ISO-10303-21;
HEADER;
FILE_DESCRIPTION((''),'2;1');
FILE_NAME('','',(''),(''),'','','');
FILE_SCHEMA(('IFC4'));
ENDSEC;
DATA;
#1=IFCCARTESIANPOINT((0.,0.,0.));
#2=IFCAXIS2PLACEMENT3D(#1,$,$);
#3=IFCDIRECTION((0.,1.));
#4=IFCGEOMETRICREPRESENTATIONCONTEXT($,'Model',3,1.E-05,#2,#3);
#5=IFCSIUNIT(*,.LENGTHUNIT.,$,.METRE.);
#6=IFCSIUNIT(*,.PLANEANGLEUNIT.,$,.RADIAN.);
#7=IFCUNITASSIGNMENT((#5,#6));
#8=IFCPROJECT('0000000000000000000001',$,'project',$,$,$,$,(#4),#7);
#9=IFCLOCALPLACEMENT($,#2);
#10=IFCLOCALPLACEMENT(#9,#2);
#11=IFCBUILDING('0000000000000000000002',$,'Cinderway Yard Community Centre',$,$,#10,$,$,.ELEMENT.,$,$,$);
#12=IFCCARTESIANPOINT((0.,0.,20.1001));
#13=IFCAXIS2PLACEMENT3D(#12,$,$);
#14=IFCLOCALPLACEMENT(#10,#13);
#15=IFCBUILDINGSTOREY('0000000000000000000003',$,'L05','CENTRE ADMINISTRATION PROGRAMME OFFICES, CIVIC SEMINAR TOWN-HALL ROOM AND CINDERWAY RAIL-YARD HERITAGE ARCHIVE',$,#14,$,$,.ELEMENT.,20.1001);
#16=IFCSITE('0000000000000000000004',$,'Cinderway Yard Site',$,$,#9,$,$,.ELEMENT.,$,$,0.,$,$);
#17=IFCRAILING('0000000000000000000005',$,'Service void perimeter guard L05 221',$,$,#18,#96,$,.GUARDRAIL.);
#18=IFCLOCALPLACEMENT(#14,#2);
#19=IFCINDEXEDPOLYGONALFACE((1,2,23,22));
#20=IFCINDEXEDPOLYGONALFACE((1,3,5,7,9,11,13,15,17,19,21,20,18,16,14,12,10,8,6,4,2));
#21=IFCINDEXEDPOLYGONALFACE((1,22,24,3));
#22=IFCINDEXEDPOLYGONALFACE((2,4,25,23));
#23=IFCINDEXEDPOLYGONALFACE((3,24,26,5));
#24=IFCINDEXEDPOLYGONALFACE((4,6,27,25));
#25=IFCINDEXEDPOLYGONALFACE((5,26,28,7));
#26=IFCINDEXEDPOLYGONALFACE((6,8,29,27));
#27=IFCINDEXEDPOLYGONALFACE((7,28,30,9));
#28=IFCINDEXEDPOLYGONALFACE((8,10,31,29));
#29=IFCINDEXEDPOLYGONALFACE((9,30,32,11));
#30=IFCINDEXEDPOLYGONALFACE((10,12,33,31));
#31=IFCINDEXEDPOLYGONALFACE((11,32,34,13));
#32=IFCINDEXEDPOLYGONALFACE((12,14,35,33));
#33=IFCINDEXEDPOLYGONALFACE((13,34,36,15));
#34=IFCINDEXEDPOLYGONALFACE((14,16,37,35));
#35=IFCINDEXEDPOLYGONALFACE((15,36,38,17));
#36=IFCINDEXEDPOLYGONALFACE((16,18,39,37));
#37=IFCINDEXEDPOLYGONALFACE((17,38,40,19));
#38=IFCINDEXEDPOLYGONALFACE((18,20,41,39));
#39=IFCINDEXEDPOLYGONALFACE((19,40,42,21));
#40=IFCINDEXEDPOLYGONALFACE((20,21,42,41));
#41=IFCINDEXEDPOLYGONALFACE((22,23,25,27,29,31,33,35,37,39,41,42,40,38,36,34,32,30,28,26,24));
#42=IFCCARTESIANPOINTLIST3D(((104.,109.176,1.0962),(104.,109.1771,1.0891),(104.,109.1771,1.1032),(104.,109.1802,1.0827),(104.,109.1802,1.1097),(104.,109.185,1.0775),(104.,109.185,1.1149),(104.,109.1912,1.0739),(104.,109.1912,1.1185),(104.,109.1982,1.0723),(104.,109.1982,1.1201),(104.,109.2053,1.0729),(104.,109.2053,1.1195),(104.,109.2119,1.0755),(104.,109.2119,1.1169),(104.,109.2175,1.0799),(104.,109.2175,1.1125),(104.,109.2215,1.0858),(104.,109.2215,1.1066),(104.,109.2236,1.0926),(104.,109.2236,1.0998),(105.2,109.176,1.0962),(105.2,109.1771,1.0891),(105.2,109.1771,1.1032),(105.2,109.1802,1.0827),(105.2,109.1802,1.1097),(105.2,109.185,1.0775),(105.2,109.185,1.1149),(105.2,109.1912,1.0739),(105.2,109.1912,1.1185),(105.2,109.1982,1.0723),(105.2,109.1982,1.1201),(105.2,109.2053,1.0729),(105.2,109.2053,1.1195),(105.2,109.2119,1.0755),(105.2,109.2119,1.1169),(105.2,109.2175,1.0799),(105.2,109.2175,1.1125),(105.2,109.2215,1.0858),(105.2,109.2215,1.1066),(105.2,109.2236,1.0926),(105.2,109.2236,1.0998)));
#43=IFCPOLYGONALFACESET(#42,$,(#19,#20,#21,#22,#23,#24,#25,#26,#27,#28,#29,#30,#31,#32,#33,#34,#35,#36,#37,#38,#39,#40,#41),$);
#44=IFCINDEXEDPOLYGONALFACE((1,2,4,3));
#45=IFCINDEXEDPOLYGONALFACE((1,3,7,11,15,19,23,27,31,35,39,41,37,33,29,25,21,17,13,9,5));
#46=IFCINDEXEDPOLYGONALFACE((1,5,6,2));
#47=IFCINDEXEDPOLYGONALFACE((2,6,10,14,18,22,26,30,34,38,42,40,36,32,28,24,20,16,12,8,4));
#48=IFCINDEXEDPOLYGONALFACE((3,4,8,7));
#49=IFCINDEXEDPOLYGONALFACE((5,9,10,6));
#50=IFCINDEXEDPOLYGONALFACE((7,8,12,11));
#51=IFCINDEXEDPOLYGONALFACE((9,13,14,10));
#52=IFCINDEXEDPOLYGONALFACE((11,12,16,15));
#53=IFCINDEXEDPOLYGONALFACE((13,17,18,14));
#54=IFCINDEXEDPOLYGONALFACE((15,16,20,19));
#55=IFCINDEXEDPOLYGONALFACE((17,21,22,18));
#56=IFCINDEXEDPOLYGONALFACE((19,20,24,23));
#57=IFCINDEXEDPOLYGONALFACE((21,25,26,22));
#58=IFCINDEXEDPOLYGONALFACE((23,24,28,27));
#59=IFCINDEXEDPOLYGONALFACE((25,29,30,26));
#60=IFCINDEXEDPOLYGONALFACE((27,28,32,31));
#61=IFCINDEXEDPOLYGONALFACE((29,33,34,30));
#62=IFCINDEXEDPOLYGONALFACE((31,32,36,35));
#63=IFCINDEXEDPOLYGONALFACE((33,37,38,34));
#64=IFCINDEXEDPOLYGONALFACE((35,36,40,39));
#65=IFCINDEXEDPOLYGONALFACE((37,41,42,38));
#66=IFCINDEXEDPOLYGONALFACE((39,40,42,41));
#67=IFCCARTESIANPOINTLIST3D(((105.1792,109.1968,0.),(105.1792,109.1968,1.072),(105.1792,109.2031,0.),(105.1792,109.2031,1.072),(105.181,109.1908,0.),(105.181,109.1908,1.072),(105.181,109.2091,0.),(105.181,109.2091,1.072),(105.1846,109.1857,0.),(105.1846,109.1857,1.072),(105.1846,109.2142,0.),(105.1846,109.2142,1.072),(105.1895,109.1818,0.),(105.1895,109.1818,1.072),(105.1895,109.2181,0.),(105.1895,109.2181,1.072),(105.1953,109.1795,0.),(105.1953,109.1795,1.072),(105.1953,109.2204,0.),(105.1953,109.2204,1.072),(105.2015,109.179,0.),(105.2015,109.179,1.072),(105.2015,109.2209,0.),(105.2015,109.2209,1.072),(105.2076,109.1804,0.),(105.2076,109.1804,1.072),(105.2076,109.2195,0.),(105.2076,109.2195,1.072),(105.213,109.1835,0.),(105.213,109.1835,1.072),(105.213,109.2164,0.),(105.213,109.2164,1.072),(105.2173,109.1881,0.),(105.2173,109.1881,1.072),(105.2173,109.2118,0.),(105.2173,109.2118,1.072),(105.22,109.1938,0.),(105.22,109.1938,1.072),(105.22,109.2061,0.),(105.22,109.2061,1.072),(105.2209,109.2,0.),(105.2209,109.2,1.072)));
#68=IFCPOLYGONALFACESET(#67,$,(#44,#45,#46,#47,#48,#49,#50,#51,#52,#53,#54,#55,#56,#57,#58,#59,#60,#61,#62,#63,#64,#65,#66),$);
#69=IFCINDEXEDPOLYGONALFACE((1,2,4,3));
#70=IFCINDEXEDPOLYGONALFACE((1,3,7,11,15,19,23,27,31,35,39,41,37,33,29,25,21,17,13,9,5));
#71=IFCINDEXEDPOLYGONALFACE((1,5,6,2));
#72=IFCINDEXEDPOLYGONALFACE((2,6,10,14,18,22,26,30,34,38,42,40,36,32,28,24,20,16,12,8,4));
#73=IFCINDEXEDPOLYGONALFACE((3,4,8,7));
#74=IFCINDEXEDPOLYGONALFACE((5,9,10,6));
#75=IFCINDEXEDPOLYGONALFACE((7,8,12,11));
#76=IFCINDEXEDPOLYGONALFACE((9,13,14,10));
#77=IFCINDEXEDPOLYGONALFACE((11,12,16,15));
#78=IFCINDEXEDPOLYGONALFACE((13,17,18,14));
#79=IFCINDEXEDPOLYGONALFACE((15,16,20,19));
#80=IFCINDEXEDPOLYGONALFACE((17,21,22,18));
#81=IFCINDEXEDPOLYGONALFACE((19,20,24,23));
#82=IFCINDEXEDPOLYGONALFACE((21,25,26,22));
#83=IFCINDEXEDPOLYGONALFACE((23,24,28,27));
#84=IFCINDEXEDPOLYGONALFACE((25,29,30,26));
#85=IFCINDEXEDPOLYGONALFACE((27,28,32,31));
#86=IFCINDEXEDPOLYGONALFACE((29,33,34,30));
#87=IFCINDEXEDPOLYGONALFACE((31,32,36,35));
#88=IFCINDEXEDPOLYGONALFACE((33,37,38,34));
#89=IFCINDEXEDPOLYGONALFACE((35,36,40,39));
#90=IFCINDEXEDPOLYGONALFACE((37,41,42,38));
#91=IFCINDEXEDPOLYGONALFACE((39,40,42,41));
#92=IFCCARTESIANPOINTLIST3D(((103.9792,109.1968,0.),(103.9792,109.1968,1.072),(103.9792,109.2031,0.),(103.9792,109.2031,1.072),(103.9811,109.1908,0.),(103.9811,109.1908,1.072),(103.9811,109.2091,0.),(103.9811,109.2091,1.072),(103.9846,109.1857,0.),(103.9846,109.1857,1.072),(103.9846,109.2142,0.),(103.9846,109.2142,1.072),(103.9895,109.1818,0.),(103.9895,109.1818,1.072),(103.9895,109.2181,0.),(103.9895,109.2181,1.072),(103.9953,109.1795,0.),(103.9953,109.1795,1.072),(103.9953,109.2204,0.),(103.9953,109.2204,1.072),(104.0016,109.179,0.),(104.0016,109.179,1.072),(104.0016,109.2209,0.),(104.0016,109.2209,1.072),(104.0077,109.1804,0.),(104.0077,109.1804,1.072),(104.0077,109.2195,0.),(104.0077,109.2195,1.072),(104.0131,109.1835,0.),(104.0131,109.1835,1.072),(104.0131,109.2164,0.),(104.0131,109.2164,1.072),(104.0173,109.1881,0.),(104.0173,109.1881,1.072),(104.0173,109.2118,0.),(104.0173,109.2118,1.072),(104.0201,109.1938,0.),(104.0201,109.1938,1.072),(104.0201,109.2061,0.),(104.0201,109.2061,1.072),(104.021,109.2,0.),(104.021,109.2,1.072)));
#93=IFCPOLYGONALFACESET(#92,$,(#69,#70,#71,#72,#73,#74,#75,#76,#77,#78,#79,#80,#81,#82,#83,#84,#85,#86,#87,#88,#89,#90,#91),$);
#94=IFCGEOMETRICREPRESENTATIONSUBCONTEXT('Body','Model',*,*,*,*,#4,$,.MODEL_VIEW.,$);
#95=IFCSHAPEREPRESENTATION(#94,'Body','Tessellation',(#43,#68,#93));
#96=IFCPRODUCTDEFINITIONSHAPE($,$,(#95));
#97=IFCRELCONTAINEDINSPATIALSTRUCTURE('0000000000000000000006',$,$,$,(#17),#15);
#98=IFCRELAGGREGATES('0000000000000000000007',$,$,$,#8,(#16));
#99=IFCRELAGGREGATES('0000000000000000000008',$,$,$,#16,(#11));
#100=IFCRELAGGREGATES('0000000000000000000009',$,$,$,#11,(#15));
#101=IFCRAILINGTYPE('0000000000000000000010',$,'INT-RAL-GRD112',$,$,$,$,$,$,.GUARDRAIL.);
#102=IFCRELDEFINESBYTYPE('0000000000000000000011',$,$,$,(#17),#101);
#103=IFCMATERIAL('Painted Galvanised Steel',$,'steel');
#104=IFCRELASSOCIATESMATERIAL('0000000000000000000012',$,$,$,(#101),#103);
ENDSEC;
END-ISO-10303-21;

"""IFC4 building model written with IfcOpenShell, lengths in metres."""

from ifc_helpers import new_model, si_unit, direction, frame, origin, origin_2d, place, context, subcontext, project, spatial, circle, extrude, material, type_object, element, save


model = new_model("IFC4")

# Units and contexts
model_context = context("Model", 3, precision=1e-05, world=origin(), true_north=direction((0.0, 1.0)))
body_context = subcontext(model_context, "Body", "Model", "MODEL_VIEW")
ifc_project = project(units=[si_unit("LENGTHUNIT", "METRE"), si_unit("PLANEANGLEUNIT", "RADIAN")], contexts=[model_context])

# Site, building, storey
site_placement = place(None, origin())
site = spatial("IfcSite", under=ifc_project, at=site_placement, Name="Cinderway Yard Site", CompositionType="ELEMENT", RefElevation=0.0)
building_placement = place(site_placement, origin())
building = spatial("IfcBuilding", under=site, at=building_placement, Name="Cinderway Yard Community Centre", CompositionType="ELEMENT")
storey_placement = place(building_placement, frame((0.0, 0.0, 20.1001)))
storey = spatial("IfcBuildingStorey", under=building, at=storey_placement, Name="L05", Description="CENTRE ADMINISTRATION PROGRAMME OFFICES, CIVIC SEMINAR TOWN-HALL ROOM AND CINDERWAY RAIL-YARD HERITAGE ARCHIVE", CompositionType="ELEMENT", Elevation=20.1001)

# Railing
ifc_material_1 = material(Name="Painted Galvanised Steel", Category="steel")
railing_type = type_object("IfcRailingType", Name="INT-RAL-GRD112", PredefinedType="GUARDRAIL", material=ifc_material_1)
railing_1_placement = place(storey_placement, frame((105.2, 109.2, 0.0)))
element("IfcRailing", 1, at=railing_1_placement, inside=storey, type_object=railing_type, Name="Service void perimeter guard L05 221", PredefinedType="GUARDRAIL", context=body_context, shape_type="SweptSolid", body=[
    extrude(circle(Radius=0.0239, at=origin_2d()), frame((0.0, 0.0, 1.0962), z_axis=(-1.0, 0.0, 0.0), x_axis=(0.0, -1.0, 0.0)), (0.0, 0.0, 1.0), 1.2),
    extrude(circle(Radius=0.021, at=origin_2d()), origin(), (0.0, 0.0, 1.0), 1.072),
    extrude(circle(Radius=0.021, at=origin_2d()), frame((-1.2, 0.0, 0.0)), (0.0, 0.0, 1.0), 1.072),
])

save(model, "model.ifc")
